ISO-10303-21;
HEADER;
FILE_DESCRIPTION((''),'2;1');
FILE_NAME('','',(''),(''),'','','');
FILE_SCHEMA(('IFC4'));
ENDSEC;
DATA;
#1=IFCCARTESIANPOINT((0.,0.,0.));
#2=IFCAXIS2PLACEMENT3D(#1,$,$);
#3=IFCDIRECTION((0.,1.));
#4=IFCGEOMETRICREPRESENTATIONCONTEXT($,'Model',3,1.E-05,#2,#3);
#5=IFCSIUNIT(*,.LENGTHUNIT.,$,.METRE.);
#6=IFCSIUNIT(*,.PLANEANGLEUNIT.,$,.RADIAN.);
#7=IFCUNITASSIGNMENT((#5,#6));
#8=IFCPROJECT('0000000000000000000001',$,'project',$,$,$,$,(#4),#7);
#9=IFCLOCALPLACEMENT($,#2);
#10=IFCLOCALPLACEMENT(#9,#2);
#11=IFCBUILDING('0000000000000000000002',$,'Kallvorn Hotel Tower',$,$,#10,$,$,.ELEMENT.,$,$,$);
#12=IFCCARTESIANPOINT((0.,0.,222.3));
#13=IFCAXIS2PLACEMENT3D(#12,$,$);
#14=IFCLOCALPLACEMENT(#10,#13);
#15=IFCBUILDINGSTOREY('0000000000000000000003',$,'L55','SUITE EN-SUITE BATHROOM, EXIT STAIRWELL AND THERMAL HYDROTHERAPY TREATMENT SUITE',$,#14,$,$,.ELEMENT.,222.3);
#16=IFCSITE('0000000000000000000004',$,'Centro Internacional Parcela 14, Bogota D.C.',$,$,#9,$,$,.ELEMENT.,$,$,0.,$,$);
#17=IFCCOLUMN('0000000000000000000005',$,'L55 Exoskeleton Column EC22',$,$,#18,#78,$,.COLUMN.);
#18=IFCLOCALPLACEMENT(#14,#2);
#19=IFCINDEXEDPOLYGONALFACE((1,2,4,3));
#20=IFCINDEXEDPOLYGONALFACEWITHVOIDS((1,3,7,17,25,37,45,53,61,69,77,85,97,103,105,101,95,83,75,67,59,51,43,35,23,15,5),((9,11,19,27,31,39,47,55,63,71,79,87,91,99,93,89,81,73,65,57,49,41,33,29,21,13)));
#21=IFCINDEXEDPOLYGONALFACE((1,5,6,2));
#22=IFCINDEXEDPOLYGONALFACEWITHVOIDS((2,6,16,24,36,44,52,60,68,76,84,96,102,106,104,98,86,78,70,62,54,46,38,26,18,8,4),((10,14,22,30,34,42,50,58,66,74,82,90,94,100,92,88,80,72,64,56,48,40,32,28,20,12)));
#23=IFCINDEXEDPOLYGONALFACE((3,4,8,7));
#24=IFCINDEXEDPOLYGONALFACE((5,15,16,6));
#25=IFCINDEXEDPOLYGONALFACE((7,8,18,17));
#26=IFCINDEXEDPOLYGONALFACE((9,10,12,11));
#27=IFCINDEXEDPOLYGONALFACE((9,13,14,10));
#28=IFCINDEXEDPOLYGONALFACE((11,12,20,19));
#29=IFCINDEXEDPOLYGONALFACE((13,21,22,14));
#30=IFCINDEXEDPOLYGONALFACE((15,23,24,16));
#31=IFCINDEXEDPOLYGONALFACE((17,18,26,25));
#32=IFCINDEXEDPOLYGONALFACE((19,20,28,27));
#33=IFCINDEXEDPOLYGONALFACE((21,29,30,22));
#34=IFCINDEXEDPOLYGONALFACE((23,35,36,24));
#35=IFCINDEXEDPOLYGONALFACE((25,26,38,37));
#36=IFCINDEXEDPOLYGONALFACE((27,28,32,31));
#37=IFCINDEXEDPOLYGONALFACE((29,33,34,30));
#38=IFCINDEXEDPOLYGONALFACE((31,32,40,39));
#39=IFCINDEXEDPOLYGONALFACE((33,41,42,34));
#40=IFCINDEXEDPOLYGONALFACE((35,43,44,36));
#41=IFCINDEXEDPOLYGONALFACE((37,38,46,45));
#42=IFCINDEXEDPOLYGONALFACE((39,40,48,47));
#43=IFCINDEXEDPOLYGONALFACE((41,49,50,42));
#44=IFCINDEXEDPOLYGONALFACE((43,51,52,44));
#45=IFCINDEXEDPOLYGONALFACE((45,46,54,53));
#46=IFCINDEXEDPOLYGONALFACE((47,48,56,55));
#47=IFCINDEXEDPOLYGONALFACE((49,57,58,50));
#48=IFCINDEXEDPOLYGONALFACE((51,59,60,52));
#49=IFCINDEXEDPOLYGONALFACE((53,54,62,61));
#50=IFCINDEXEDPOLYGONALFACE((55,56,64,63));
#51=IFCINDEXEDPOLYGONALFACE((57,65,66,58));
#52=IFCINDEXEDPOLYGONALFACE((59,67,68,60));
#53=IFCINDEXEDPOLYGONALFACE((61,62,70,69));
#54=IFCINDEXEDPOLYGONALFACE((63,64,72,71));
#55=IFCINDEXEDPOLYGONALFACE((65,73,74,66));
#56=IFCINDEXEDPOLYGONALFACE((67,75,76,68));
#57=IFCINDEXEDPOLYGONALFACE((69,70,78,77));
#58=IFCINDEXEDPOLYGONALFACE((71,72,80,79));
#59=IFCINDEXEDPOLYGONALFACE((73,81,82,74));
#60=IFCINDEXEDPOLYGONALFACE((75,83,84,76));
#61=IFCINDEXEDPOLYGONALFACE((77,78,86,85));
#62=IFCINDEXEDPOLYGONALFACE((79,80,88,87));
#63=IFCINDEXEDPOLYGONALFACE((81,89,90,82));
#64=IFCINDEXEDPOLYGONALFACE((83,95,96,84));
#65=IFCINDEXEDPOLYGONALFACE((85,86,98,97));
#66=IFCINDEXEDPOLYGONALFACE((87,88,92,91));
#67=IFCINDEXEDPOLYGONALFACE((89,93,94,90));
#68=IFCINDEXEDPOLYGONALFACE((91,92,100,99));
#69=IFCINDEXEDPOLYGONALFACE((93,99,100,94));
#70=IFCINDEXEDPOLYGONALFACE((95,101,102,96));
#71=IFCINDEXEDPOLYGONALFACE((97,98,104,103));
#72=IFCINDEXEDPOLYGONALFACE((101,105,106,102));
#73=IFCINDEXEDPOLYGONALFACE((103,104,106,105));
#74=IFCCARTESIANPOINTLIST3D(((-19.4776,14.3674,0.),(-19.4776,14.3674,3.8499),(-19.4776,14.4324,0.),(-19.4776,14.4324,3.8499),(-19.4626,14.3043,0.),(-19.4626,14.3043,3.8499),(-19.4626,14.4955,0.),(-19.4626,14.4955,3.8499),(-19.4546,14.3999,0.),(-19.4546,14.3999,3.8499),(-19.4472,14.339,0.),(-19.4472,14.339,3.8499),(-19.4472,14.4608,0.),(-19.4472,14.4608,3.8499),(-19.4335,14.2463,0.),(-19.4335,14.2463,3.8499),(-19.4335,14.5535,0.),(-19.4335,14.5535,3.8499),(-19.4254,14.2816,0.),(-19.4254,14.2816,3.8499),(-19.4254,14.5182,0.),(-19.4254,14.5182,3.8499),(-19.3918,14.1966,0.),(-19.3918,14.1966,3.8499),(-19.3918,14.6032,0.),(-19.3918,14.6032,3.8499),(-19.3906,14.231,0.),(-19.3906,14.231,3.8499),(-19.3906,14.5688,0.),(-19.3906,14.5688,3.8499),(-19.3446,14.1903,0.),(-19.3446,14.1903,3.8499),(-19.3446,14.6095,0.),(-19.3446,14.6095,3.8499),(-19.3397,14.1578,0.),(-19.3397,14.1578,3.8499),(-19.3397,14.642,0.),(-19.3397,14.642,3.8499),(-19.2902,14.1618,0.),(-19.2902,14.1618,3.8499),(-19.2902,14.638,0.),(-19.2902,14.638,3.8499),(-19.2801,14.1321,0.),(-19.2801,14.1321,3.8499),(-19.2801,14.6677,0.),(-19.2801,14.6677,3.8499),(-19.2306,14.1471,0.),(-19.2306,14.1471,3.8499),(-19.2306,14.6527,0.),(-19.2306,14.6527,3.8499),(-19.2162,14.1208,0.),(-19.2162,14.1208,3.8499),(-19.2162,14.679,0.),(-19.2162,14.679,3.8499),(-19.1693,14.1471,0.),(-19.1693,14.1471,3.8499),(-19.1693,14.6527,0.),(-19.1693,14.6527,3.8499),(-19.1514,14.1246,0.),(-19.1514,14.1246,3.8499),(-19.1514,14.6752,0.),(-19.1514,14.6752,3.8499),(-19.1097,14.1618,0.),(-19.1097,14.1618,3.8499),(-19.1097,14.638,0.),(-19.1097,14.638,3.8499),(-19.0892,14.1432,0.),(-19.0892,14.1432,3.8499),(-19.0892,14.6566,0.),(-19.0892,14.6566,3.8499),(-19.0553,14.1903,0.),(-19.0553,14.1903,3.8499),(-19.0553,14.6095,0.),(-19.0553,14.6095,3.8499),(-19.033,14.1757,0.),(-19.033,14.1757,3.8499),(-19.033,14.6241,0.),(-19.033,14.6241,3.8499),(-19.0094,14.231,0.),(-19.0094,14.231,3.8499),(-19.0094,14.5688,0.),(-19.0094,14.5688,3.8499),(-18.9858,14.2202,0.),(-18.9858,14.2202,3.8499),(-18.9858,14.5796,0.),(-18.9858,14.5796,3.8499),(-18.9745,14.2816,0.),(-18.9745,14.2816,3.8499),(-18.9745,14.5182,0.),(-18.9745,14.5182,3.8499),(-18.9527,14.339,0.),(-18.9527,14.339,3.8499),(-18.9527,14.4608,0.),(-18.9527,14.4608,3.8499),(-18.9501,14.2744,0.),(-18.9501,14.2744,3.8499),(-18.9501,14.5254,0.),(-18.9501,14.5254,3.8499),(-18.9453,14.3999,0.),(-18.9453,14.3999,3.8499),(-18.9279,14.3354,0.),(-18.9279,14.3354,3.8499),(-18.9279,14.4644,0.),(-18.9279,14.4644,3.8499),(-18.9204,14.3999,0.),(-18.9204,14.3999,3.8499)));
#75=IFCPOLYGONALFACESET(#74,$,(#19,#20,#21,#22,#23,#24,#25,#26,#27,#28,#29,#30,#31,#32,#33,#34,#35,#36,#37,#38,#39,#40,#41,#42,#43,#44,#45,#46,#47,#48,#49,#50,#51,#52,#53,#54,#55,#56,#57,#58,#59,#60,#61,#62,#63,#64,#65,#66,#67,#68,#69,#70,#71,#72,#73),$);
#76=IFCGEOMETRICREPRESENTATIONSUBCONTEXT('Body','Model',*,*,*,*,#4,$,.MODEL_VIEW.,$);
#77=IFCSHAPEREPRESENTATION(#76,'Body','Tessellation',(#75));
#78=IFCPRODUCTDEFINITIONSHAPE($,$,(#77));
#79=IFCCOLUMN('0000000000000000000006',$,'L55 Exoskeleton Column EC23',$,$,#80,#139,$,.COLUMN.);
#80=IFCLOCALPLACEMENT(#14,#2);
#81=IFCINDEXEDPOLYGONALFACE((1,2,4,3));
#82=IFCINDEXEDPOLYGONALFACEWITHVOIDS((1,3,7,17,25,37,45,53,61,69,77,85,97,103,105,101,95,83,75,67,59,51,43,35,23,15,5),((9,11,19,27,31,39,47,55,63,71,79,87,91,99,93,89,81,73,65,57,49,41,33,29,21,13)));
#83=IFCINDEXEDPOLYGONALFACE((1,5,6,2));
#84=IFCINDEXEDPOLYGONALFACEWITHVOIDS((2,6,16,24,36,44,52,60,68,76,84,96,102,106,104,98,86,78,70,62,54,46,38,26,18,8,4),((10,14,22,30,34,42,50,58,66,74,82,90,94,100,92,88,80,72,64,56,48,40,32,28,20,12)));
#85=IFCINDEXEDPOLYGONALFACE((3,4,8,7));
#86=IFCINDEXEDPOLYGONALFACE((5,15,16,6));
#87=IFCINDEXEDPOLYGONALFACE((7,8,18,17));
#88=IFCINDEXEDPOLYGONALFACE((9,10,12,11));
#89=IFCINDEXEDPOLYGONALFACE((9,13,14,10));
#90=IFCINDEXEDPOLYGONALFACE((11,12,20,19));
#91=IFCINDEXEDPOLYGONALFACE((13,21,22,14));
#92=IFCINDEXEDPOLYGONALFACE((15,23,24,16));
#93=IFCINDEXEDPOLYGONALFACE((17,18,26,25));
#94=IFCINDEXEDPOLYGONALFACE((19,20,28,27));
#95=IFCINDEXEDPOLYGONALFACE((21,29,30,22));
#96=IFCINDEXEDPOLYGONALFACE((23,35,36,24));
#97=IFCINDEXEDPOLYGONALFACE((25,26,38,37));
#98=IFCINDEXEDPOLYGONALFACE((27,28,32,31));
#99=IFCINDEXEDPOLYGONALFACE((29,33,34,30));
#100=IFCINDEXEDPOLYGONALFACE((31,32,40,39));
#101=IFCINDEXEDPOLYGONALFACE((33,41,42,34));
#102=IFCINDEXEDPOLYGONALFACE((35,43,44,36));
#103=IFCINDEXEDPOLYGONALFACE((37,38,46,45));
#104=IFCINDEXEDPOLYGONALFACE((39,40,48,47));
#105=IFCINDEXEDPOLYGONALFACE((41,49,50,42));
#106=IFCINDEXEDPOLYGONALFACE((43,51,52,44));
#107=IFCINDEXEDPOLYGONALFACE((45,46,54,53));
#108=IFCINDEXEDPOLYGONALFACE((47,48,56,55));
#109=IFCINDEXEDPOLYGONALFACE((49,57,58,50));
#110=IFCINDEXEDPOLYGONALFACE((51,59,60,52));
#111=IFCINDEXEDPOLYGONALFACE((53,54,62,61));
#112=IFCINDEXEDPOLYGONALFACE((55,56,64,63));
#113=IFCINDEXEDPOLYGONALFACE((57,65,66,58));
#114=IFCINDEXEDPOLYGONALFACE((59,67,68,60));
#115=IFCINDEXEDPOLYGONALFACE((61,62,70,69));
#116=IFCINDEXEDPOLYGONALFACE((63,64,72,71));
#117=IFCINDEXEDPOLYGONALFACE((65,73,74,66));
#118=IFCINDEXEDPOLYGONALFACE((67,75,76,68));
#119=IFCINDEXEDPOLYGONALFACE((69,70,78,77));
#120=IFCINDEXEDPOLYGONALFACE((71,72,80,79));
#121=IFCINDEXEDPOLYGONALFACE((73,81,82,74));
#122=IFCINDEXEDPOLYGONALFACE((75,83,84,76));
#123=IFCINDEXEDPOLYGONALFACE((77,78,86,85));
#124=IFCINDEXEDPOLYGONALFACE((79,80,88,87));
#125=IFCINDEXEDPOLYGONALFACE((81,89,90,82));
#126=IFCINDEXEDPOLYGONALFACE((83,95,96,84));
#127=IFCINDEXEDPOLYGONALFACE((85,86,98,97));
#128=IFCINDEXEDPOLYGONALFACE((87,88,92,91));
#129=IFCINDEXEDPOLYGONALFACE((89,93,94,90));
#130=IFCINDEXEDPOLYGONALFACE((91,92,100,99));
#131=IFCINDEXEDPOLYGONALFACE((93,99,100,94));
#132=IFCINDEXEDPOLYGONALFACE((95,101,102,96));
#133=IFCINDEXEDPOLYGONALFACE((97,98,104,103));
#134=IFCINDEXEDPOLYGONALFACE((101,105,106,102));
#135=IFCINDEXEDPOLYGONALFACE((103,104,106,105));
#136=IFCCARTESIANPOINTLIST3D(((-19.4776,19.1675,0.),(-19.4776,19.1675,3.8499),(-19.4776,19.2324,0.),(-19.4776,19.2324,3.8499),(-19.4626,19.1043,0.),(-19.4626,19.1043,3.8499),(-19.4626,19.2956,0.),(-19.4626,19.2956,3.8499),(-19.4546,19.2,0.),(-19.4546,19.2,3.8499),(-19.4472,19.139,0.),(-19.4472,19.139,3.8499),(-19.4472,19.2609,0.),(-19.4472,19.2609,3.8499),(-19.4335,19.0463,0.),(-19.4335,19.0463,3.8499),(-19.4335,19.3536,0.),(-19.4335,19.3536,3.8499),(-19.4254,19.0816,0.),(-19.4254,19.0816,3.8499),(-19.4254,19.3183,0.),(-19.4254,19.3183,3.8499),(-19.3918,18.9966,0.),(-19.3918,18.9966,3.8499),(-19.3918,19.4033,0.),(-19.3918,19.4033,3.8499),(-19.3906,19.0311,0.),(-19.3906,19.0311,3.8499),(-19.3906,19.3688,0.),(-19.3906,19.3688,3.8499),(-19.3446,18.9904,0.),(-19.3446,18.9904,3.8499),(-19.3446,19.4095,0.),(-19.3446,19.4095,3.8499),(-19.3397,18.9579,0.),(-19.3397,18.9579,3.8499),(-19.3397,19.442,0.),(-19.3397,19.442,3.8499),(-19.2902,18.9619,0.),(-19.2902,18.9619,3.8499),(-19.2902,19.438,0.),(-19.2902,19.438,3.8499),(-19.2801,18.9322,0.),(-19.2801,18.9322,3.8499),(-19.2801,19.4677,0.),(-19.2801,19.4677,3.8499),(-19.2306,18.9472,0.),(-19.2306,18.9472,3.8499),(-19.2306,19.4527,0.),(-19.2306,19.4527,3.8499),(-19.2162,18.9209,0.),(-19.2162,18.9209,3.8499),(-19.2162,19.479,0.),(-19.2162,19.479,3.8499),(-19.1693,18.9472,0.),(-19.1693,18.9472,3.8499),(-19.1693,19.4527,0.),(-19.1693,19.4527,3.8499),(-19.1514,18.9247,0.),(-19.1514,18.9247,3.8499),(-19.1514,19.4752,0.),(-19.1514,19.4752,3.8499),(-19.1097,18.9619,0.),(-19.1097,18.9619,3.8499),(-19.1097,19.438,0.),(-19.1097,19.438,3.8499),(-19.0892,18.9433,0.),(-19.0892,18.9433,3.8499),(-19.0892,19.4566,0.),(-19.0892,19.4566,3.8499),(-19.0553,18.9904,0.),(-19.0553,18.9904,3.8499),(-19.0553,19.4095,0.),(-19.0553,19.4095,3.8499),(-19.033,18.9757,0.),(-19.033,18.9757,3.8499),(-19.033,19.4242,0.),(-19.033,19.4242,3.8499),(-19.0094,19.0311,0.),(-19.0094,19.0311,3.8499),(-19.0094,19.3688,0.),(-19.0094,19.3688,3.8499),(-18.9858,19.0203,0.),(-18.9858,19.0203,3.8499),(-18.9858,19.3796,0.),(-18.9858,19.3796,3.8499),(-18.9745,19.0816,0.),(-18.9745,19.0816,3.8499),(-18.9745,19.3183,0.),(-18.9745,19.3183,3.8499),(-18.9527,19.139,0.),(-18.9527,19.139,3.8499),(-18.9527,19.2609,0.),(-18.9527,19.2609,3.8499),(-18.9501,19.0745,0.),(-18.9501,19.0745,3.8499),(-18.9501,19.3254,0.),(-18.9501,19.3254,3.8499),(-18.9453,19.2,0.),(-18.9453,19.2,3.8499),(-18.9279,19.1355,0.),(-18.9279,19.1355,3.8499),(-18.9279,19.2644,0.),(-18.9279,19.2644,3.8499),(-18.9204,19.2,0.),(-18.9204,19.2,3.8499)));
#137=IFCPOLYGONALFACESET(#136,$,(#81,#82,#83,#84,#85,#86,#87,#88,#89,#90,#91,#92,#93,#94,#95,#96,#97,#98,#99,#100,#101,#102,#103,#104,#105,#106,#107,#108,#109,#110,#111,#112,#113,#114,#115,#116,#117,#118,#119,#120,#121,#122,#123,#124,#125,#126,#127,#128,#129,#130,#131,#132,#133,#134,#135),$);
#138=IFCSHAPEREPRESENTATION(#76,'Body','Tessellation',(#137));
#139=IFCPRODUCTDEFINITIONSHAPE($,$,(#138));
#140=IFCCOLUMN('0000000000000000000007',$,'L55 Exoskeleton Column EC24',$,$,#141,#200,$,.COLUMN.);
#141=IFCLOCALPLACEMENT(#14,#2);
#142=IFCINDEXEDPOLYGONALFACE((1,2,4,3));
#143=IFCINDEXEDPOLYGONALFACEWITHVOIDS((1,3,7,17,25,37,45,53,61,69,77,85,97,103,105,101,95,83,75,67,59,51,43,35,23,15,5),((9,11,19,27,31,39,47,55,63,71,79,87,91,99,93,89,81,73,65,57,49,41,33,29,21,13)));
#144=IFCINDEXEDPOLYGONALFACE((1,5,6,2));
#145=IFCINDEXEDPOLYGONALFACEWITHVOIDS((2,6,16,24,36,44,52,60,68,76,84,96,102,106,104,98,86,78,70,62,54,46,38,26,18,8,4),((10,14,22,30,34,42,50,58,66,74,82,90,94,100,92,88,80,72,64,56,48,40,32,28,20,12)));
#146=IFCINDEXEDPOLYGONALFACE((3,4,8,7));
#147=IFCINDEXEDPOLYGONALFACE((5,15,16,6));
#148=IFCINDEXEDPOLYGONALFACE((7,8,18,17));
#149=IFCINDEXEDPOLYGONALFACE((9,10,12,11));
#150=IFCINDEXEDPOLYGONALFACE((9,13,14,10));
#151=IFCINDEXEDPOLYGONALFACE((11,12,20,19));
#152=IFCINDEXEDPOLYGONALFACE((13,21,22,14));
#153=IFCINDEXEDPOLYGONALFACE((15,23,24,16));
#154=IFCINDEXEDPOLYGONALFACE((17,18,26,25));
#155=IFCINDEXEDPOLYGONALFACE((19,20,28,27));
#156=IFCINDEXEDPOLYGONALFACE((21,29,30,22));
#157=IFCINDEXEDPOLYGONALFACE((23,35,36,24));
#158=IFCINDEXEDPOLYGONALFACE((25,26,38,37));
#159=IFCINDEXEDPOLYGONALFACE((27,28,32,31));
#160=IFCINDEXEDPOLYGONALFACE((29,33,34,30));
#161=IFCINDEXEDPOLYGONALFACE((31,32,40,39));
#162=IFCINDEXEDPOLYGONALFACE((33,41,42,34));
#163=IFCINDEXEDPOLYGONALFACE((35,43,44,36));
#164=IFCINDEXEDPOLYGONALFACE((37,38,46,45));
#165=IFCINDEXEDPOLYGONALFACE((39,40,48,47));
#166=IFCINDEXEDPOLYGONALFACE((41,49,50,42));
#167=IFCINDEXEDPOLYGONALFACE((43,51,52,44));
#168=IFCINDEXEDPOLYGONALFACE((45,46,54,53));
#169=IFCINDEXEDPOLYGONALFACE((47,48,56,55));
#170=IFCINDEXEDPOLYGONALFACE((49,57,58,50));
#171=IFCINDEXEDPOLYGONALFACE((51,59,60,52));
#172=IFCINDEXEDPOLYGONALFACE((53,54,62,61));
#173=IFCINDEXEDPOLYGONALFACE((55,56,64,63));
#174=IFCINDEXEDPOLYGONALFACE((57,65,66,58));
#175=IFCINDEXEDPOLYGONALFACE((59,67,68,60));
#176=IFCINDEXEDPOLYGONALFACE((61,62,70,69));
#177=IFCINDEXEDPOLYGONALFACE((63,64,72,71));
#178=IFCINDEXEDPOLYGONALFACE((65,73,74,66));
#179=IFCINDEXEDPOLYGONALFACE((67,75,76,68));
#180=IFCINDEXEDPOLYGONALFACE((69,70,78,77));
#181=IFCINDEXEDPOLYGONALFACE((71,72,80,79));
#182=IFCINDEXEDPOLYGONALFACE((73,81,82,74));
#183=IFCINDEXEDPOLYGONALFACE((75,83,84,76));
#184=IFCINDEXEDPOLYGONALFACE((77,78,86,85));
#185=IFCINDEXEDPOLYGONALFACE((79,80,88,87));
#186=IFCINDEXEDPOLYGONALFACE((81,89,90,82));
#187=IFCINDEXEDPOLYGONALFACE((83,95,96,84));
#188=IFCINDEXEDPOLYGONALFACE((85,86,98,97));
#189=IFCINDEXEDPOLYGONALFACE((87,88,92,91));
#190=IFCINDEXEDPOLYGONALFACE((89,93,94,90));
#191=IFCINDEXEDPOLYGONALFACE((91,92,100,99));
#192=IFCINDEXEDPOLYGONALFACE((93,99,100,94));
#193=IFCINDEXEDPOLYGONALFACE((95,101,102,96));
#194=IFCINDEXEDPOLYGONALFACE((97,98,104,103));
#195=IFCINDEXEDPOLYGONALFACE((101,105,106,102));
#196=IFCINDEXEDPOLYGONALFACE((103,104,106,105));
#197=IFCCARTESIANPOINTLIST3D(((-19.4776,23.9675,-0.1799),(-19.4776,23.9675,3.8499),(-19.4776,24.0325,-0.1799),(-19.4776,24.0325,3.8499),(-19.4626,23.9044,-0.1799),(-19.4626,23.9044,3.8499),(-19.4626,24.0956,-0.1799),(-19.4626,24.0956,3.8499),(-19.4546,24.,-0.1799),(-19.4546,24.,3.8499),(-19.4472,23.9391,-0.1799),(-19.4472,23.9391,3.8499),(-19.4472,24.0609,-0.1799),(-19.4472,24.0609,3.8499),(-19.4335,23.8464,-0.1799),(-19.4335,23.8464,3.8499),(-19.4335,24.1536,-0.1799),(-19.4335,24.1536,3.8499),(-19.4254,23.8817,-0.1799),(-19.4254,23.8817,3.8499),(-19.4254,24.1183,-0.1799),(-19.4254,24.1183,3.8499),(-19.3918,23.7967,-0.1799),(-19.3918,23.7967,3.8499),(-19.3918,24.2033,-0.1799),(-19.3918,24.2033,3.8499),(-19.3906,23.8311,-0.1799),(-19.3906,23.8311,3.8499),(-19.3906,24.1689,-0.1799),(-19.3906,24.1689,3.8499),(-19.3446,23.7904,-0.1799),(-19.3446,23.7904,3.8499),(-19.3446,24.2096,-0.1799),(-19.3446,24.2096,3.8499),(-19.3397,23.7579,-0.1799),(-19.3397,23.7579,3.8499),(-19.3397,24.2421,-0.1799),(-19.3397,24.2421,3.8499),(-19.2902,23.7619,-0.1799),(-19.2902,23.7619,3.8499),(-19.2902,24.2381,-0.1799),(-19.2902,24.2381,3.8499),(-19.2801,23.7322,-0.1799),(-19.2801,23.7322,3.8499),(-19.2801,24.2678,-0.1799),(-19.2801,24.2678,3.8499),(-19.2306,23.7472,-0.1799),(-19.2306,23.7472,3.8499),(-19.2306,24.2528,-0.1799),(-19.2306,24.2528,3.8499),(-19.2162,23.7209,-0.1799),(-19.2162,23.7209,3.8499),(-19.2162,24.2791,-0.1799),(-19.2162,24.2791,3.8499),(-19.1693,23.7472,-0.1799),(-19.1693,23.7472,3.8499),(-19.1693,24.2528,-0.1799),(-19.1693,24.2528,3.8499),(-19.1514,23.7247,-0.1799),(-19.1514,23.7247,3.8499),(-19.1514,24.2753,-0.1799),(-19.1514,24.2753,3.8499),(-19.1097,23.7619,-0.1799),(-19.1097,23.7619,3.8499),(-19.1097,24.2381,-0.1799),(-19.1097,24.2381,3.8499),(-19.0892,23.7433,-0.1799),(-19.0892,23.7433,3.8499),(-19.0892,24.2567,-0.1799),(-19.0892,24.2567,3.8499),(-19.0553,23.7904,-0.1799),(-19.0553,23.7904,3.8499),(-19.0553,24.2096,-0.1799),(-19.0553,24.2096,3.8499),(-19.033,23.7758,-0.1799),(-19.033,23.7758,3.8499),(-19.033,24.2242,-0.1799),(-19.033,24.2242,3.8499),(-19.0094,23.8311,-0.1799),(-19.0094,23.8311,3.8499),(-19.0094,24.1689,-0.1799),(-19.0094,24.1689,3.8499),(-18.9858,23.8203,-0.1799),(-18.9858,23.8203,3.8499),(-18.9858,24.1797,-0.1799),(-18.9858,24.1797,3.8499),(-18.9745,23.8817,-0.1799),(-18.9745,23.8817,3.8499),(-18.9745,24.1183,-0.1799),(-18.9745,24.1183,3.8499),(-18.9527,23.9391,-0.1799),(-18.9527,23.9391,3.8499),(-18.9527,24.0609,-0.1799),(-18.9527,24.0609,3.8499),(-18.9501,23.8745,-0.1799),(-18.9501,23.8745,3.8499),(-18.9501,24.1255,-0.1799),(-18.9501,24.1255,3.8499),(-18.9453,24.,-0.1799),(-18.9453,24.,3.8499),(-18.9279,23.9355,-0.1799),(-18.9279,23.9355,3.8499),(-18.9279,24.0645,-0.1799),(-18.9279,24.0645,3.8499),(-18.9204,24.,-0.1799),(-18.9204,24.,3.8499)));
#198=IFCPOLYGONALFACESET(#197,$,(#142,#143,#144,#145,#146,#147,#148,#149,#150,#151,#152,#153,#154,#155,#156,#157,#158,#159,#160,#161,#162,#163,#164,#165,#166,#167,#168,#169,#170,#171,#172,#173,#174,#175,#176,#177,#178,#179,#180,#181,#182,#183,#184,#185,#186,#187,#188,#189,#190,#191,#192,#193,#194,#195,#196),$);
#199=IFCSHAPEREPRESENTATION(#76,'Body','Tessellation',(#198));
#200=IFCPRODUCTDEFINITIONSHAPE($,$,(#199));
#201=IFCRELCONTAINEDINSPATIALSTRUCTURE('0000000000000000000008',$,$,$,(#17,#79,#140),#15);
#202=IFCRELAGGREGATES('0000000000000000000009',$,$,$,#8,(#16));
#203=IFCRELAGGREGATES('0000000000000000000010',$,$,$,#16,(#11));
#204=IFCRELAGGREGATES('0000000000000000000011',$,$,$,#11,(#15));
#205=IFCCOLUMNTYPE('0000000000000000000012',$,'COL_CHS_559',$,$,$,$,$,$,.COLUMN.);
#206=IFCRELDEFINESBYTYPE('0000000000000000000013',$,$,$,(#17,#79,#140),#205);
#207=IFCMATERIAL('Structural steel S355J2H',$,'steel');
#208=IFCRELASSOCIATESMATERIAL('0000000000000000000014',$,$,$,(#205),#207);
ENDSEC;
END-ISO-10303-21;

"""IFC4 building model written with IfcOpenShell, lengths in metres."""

from ifc_helpers import new_model, si_unit, direction, frame, origin, origin_2d, place, context, subcontext, project, spatial, hollow_circle, extrude, material, material_profile, profile_set, type_object, element, save


model = new_model("IFC4")

# Units and contexts
model_context = context("Model", 3, precision=1e-05, world=origin(), true_north=direction((0.0, 1.0)))
body_context = subcontext(model_context, "Body", "Model", "MODEL_VIEW")
ifc_project = project(units=[si_unit("LENGTHUNIT", "METRE"), si_unit("PLANEANGLEUNIT", "RADIAN")], contexts=[model_context])

# Site, building, storey
site_placement = place(None, origin())
site = spatial("IfcSite", under=ifc_project, at=site_placement, Name="Centro Internacional Parcela 14, Bogota D.C.", CompositionType="ELEMENT", RefElevation=0.0)
building_placement = place(site_placement, origin())
building = spatial("IfcBuilding", under=site, at=building_placement, Name="Kallvorn Hotel Tower", CompositionType="ELEMENT")
storey_placement = place(building_placement, frame((0.0, 0.0, 222.3)))
storey = spatial("IfcBuildingStorey", under=building, at=storey_placement, Name="L55", Description="SUITE EN-SUITE BATHROOM, EXIT STAIRWELL AND THERMAL HYDROTHERAPY TREATMENT SUITE", CompositionType="ELEMENT", Elevation=222.3)

# Columns
ifc_material_1 = material(Name="Structural steel S355J2H", Category="steel")
ifc_material_profile_1 = material_profile(ifc_material_1, hollow_circle(Radius=0.2795, WallThickness=0.0249, at=origin_2d()), Name="CHS 559x25")
ifc_profile_set_1 = profile_set([ifc_material_profile_1], Name="Structural steel S355J2H")
column_type_1 = type_object("IfcColumnType", Name="COL_CHS_559", PredefinedType="COLUMN", material=ifc_profile_set_1)
for number, where, z_axis, x_axis, name in (
    (1, (-19.2, 14.3999, 0.0), (0.0, 0.0, 1.0), (1.0, 0.0, 0.0), "L55 Exoskeleton Column EC22"),
    (2, (-19.2, 19.2, 0.0), (0.0, 0.0, 1.0), (1.0, 0.0, 0.0), "L55 Exoskeleton Column EC23"),
):
    element("IfcColumn", number, at=place(storey_placement, frame(where, z_axis=z_axis, x_axis=x_axis)), inside=storey, type_object=column_type_1, Name=name, PredefinedType="COLUMN", context=body_context, shape_type="SweptSolid", body=[
        extrude(hollow_circle(Radius=0.2795, WallThickness=0.0249, at=origin_2d()), origin(), (0.0, 0.0, 1.0), 3.8499),
    ])
column_1_placement = place(storey_placement, frame((-19.2, 24.0, -0.1799), z_axis=(0.0, 0.0, 1.0), x_axis=(1.0, 0.0, 0.0)))
element("IfcColumn", 3, at=column_1_placement, inside=storey, type_object=column_type_1, Name="L55 Exoskeleton Column EC24", PredefinedType="COLUMN", context=body_context, shape_type="SweptSolid", body=[
    extrude(hollow_circle(Radius=0.2795, WallThickness=0.0249, at=origin_2d()), origin(), (0.0, 0.0, 1.0), 4.0298),
])

save(model, "model.ifc")
